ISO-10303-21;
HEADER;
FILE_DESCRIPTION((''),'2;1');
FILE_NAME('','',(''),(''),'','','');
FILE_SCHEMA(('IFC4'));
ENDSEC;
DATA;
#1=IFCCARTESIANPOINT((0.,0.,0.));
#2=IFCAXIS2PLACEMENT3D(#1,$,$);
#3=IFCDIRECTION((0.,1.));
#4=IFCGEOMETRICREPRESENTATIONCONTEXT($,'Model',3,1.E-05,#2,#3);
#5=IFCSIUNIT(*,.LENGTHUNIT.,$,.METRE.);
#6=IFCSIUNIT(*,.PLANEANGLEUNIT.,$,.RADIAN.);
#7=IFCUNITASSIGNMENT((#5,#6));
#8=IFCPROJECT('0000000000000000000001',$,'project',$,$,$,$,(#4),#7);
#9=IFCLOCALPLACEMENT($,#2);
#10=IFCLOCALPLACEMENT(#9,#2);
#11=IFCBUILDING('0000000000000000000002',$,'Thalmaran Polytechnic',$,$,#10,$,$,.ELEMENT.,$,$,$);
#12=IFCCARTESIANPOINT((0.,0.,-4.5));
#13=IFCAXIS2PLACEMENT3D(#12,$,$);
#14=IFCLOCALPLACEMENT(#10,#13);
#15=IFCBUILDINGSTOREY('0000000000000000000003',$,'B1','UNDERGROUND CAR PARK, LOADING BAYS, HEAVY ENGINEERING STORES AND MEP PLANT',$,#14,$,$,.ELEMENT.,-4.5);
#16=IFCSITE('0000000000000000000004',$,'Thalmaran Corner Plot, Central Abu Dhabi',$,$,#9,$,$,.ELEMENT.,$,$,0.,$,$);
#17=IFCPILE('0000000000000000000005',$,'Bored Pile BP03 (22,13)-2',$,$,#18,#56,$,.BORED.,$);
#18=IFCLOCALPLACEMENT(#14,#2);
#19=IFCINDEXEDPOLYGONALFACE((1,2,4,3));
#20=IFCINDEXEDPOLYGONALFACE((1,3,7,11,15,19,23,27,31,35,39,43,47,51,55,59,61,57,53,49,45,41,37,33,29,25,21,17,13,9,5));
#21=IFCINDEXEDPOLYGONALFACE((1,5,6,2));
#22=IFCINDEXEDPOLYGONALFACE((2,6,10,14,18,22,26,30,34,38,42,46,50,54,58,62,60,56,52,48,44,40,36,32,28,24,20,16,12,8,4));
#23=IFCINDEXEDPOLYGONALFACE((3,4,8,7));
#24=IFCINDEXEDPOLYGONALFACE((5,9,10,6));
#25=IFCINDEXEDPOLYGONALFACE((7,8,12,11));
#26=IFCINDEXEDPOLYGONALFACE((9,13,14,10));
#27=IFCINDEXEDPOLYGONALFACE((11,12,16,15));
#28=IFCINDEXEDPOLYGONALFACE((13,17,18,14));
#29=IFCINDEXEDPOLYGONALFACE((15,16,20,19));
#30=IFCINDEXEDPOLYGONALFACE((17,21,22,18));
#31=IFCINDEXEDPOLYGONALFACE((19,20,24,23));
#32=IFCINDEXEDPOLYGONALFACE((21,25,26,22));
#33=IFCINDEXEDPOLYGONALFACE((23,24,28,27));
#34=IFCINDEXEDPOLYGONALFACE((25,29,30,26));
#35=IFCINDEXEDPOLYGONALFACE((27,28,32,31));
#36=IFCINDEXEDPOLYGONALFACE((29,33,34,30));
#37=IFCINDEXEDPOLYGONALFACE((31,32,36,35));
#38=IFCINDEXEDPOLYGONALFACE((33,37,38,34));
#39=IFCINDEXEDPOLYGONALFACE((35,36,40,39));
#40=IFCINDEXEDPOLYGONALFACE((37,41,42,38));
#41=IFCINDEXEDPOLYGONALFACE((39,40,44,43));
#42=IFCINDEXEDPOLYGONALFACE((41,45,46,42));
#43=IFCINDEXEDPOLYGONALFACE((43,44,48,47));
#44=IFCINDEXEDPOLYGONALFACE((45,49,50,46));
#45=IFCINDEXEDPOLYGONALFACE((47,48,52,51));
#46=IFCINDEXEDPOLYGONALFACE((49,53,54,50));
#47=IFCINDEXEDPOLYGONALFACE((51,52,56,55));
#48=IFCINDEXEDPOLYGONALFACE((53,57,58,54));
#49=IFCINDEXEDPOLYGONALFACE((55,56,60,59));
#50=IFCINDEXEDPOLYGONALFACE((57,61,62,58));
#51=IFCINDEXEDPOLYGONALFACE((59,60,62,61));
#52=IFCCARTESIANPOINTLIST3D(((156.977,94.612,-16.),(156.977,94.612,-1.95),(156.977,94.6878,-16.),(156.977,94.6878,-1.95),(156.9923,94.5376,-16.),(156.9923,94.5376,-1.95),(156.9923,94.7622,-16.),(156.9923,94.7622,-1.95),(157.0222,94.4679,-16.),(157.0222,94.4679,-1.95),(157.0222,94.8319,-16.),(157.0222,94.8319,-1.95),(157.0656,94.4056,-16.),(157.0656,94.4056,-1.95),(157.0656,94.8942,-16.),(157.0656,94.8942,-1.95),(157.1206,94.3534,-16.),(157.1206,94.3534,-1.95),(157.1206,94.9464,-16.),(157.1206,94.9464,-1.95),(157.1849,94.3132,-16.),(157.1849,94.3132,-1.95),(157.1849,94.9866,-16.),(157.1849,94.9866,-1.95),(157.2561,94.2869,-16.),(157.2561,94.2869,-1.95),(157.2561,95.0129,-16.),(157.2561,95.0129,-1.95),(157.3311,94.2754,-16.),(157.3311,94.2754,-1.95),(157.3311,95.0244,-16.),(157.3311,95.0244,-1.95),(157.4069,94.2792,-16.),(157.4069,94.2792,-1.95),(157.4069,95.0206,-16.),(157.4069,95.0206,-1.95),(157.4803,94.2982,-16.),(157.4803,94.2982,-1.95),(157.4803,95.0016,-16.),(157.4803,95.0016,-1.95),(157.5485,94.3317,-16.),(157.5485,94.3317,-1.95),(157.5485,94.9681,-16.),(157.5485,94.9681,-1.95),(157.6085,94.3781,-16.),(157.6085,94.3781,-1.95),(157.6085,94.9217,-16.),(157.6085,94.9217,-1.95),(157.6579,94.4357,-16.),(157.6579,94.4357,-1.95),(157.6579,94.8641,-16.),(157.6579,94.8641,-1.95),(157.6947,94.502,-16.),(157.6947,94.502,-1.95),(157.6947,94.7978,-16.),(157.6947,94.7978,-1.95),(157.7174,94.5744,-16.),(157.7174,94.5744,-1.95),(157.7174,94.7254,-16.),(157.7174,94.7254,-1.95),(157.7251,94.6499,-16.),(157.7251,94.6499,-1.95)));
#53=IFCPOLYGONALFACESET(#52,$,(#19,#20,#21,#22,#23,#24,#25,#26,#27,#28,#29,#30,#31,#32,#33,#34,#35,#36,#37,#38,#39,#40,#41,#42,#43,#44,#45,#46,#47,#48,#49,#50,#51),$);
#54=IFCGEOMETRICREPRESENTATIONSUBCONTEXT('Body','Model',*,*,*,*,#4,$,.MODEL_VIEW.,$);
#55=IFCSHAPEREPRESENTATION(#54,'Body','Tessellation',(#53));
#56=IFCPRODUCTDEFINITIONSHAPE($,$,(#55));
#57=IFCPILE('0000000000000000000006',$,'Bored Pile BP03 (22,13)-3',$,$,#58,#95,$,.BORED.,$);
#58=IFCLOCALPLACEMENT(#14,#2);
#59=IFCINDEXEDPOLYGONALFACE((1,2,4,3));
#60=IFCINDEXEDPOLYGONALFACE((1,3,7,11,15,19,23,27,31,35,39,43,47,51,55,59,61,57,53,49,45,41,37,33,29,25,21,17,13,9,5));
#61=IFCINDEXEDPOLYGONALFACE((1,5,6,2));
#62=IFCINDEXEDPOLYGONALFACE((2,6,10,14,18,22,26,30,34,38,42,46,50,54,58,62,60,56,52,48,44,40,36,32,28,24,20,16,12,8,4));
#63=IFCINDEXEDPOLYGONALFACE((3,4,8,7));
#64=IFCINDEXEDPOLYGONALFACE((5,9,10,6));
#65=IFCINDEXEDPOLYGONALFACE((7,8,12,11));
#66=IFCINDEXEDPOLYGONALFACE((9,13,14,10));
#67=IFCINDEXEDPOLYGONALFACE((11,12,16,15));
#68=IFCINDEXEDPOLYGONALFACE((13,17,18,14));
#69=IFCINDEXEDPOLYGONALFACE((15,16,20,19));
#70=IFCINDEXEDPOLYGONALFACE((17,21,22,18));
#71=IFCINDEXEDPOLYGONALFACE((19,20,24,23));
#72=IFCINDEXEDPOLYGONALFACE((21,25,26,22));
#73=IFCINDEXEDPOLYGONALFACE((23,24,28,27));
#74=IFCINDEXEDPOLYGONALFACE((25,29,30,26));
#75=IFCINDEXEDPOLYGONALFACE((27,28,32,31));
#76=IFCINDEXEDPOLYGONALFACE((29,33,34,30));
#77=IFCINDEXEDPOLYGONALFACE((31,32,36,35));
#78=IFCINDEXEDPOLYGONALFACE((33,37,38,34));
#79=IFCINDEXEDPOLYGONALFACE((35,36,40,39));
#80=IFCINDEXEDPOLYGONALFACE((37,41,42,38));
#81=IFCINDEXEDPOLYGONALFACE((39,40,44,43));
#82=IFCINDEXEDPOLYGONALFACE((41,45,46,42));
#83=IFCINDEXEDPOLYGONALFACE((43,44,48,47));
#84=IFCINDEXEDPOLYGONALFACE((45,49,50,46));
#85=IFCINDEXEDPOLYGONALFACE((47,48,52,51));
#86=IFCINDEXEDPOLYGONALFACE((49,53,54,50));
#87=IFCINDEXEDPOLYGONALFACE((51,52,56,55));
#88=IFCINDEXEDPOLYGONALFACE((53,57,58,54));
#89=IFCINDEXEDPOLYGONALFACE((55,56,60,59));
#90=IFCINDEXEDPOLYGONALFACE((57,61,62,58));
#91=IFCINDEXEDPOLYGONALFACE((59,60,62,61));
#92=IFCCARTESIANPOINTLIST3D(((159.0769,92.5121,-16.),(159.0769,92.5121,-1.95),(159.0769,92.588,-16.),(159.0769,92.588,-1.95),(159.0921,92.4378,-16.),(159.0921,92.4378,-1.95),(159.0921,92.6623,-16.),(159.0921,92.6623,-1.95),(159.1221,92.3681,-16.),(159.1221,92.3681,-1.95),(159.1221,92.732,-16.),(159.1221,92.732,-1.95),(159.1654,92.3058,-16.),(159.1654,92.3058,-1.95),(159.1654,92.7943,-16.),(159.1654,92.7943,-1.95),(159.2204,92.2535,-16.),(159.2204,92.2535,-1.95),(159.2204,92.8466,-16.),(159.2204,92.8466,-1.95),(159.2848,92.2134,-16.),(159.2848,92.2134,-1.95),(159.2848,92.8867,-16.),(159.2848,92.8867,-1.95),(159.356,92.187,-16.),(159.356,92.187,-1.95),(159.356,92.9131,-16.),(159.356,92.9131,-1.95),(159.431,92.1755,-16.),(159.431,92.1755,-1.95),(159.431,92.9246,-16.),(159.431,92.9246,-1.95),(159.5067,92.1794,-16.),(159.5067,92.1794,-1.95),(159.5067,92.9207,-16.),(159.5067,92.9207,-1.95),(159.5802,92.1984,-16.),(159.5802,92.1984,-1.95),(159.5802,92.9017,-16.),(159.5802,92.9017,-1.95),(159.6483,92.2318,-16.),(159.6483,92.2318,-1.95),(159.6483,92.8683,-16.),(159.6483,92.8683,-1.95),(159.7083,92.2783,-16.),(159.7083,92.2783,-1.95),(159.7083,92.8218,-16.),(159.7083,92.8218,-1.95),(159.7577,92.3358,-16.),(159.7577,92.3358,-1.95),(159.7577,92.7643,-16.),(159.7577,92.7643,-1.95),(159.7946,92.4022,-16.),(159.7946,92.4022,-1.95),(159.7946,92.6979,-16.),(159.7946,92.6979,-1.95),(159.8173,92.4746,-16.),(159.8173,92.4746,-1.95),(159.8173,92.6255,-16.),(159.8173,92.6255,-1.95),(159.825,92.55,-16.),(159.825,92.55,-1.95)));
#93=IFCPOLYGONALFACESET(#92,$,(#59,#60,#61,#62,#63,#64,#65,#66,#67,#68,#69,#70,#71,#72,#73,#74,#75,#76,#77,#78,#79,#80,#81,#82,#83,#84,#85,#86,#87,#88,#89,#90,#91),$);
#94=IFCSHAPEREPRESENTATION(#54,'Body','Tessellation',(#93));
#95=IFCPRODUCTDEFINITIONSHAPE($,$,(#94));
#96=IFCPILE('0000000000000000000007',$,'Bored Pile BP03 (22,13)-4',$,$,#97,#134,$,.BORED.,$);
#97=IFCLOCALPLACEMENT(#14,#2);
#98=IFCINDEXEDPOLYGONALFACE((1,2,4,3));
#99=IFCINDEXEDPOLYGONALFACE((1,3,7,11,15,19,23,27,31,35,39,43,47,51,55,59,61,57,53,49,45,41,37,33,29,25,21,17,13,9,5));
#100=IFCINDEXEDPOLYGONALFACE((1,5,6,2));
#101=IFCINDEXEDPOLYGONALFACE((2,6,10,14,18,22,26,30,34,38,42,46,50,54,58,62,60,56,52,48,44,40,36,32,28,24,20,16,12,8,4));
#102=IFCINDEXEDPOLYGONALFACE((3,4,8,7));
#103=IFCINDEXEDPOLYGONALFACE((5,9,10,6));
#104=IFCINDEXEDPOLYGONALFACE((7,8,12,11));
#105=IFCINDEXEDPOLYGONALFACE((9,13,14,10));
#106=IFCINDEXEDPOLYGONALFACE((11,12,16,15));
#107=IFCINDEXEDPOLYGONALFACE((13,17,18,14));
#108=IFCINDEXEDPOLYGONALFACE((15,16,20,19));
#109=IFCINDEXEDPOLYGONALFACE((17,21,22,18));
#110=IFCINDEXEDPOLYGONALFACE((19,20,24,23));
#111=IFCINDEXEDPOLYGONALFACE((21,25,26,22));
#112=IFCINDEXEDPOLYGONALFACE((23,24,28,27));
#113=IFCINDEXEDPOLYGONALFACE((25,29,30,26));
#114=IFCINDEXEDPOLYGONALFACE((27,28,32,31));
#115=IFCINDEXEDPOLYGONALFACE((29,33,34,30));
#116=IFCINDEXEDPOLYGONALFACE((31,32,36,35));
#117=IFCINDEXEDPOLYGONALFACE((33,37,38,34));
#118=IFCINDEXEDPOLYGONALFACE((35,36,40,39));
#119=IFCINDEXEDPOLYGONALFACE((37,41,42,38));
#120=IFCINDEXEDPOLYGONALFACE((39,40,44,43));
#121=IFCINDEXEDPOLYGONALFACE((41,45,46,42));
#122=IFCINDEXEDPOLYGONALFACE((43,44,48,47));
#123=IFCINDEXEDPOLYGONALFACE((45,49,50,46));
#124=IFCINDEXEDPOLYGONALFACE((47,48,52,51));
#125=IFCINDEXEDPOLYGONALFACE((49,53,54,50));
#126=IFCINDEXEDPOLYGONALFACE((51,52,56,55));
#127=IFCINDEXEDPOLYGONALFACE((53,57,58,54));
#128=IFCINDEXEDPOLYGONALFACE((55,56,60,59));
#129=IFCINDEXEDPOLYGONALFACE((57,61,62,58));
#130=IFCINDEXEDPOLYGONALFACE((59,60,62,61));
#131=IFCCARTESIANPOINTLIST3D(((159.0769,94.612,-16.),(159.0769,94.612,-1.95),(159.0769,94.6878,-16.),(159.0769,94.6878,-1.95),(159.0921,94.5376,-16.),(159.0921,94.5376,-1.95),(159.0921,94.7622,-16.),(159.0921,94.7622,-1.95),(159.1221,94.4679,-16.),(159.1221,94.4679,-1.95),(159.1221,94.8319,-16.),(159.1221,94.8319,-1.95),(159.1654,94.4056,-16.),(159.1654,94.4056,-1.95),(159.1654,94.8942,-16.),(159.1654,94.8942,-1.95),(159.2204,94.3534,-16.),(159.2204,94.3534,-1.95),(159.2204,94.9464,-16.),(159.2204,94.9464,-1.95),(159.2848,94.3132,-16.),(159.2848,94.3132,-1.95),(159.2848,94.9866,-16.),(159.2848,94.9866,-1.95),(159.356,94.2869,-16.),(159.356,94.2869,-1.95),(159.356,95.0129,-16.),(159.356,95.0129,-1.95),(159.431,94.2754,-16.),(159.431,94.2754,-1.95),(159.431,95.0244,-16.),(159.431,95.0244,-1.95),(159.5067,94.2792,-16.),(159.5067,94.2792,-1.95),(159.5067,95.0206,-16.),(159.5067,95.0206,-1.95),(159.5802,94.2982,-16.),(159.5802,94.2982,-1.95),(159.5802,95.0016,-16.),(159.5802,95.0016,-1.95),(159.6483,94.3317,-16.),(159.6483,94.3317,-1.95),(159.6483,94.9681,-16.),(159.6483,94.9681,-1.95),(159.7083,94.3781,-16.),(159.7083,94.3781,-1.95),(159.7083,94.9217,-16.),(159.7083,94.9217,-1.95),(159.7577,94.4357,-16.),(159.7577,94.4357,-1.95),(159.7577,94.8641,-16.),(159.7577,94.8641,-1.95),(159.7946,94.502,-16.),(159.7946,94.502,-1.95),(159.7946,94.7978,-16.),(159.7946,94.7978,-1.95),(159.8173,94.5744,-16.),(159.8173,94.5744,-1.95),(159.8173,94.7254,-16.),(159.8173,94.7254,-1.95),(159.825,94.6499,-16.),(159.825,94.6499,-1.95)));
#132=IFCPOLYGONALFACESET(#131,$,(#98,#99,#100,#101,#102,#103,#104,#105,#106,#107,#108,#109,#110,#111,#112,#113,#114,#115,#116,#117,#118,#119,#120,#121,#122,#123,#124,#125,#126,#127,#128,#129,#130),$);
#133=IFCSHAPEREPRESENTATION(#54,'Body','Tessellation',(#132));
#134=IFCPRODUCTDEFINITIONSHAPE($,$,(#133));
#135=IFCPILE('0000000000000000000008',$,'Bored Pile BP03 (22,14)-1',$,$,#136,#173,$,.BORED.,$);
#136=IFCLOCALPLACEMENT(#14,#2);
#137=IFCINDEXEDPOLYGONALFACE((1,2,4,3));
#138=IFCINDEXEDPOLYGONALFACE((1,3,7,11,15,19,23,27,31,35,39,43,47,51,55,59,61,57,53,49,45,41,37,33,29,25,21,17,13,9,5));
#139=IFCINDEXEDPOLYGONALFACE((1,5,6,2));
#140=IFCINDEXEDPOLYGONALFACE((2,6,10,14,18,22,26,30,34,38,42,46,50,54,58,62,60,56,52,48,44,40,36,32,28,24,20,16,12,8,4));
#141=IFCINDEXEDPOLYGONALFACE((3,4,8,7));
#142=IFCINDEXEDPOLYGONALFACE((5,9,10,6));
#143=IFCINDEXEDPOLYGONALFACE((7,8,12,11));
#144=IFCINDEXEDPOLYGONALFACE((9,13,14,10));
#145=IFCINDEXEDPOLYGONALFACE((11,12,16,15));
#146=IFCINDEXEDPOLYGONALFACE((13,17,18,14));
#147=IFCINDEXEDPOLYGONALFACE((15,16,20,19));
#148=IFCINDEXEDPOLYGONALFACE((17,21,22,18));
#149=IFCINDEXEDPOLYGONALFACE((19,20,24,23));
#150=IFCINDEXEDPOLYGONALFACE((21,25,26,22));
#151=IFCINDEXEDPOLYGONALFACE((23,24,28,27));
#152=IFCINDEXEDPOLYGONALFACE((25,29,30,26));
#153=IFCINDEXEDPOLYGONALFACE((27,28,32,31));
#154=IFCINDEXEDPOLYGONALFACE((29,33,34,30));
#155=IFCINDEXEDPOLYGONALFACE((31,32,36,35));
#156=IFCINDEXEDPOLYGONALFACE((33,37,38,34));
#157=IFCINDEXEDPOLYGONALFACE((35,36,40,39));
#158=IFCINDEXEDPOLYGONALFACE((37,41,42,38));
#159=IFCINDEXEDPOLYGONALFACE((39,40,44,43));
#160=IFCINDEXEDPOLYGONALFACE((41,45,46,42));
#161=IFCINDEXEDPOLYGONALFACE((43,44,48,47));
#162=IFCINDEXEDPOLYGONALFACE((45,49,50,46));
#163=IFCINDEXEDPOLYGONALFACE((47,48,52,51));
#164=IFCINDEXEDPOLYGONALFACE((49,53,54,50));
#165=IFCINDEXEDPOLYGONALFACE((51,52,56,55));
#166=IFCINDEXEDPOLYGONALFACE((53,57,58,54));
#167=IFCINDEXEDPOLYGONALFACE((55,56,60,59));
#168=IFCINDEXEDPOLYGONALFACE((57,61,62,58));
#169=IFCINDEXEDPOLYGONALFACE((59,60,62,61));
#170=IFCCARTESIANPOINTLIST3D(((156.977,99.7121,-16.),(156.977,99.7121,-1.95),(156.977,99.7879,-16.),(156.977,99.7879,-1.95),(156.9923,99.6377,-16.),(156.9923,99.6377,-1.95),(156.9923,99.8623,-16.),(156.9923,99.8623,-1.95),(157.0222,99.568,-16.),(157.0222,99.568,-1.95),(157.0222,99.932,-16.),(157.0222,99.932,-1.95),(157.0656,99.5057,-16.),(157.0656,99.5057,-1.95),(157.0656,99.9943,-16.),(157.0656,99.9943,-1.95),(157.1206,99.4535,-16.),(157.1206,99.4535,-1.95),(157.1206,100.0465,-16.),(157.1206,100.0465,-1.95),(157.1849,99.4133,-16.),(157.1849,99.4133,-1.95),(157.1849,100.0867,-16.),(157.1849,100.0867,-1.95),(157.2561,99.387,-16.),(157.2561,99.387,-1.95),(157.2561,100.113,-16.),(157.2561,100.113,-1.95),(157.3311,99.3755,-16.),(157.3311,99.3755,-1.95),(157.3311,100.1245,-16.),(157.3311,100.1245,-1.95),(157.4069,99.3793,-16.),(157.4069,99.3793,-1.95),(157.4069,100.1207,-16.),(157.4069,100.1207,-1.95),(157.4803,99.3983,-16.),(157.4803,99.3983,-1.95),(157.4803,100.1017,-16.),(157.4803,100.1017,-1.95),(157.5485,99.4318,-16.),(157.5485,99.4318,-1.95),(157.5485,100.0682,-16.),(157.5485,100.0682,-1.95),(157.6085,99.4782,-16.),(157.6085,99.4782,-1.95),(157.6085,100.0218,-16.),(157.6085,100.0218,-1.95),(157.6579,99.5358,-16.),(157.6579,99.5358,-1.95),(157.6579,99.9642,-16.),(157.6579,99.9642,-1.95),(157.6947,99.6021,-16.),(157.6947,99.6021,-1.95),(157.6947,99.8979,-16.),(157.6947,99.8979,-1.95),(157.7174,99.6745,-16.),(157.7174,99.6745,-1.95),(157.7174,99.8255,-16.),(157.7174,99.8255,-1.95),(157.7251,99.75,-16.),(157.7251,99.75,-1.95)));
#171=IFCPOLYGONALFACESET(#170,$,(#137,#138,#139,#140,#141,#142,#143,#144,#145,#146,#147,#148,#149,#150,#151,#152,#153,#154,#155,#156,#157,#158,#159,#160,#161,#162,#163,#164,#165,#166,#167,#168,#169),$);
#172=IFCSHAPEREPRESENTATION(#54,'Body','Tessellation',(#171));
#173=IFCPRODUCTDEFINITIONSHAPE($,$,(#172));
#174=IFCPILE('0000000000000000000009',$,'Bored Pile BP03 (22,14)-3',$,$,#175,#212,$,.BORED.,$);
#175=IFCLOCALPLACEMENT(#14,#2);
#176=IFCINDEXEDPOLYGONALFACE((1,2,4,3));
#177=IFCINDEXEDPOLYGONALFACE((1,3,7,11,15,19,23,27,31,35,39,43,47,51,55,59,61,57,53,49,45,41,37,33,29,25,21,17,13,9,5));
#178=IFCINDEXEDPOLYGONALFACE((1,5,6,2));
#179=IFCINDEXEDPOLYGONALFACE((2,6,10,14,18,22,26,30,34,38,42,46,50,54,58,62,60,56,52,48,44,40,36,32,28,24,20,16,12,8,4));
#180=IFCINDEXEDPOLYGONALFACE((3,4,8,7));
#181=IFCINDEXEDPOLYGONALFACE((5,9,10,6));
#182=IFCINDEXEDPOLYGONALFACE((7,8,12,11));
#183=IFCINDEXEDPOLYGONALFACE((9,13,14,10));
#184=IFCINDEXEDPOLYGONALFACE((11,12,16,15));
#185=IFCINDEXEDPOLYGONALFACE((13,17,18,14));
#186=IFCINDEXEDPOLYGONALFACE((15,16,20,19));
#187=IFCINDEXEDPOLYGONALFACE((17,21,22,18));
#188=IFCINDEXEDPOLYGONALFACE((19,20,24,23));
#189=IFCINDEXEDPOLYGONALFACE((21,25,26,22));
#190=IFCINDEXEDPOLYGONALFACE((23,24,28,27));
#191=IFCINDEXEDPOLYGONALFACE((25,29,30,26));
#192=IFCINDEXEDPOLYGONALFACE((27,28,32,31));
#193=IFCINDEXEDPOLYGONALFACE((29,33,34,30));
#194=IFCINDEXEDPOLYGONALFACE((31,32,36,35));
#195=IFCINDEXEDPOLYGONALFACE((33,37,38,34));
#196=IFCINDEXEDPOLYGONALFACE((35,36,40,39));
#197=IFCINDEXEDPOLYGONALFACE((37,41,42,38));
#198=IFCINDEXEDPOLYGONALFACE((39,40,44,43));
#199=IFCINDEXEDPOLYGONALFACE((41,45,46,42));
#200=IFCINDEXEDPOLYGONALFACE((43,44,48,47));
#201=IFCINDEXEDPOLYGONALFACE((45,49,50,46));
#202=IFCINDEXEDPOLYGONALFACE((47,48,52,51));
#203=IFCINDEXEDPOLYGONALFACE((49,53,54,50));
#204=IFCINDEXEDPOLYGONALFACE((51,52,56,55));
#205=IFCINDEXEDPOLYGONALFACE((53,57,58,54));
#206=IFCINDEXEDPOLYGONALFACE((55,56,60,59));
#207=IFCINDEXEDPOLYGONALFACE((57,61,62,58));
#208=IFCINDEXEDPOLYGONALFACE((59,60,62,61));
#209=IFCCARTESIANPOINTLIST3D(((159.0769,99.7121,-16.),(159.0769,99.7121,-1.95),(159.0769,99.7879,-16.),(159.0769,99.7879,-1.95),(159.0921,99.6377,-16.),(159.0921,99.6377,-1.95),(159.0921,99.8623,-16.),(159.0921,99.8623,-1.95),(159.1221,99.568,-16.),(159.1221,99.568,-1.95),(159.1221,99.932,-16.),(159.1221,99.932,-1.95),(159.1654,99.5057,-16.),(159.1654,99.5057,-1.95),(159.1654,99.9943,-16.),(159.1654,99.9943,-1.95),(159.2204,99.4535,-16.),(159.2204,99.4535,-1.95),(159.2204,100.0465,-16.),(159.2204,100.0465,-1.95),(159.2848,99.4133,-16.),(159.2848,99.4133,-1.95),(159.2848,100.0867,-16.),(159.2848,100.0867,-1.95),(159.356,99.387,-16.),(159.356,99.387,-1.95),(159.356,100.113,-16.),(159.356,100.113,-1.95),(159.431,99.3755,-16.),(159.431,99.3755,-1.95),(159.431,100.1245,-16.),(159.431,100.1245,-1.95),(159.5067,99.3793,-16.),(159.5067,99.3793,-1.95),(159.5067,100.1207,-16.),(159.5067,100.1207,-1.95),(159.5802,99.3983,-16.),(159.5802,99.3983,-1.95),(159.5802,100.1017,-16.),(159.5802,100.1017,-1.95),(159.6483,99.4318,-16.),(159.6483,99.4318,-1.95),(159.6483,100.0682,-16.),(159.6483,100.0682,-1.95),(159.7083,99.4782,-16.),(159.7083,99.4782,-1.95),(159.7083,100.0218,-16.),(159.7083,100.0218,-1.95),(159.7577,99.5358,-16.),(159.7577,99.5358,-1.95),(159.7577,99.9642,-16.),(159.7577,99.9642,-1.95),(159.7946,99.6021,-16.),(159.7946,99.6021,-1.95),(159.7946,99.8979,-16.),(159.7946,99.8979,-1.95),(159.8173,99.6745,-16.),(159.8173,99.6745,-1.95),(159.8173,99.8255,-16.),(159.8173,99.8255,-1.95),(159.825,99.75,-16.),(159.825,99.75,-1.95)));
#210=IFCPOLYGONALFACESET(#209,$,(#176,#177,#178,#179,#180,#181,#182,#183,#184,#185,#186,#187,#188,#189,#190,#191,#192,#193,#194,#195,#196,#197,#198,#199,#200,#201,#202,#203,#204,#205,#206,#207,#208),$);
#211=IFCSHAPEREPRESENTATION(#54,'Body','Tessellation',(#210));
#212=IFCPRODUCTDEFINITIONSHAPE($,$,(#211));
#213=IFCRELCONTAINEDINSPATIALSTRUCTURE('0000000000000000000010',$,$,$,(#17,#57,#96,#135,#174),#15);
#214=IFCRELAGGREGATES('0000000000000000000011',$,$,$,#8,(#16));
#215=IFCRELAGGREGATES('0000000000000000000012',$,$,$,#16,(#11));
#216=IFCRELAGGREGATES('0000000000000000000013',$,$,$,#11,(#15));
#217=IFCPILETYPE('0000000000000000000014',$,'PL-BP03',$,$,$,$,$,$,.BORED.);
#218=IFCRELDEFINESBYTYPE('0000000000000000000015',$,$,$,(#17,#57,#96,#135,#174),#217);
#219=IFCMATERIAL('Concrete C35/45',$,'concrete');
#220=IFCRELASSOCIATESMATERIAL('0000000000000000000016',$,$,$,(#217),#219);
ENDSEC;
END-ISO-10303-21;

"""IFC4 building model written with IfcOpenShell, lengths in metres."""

from ifc_helpers import new_model, si_unit, direction, frame, origin, origin_2d, place, context, subcontext, project, spatial, circle, extrude, material, material_profile, profile_set, type_object, element, save


model = new_model("IFC4")

# Units and contexts
model_context = context("Model", 3, precision=1e-05, world=origin(), true_north=direction((0.0, 1.0)))
body_context = subcontext(model_context, "Body", "Model", "MODEL_VIEW")
ifc_project = project(units=[si_unit("LENGTHUNIT", "METRE"), si_unit("PLANEANGLEUNIT", "RADIAN")], contexts=[model_context])

# Site, building, storey
site_placement = place(None, origin())
site = spatial("IfcSite", under=ifc_project, at=site_placement, Name="Thalmaran Corner Plot, Central Abu Dhabi", CompositionType="ELEMENT", RefElevation=0.0)
building_placement = place(site_placement, origin())
building = spatial("IfcBuilding", under=site, at=building_placement, Name="Thalmaran Polytechnic", CompositionType="ELEMENT")
storey_placement = place(building_placement, frame((0.0, 0.0, -4.5)))
storey = spatial("IfcBuildingStorey", under=building, at=storey_placement, Name="B1", Description="UNDERGROUND CAR PARK, LOADING BAYS, HEAVY ENGINEERING STORES AND MEP PLANT", CompositionType="ELEMENT", Elevation=-4.5)

# Piles
ifc_material_1 = material(Name="Concrete C35/45", Category="concrete")
ifc_material_profile_1 = material_profile(ifc_material_1, circle(Radius=0.375, at=origin_2d()), Name="RC 750 DIA")
ifc_profile_set_1 = profile_set([ifc_material_profile_1], Name="Concrete C35/45")
pile_type = type_object("IfcPileType", Name="PL-BP03", PredefinedType="BORED", material=ifc_profile_set_1)
for number, where, z_axis, x_axis, name in (
    (1, (157.3501, 94.6499, -1.95), (0.0, 0.0, -1.0), (1.0, 0.0, 0.0), "Bored Pile BP03 (22,13)-2"),
    (2, (159.45, 92.55, -1.95), (0.0, 0.0, -1.0), (1.0, 0.0, 0.0), "Bored Pile BP03 (22,13)-3"),
    (3, (159.45, 94.6499, -1.95), (0.0, 0.0, -1.0), (1.0, 0.0, 0.0), "Bored Pile BP03 (22,13)-4"),
    (4, (157.3501, 99.75, -1.95), (0.0, 0.0, -1.0), (1.0, 0.0, 0.0), "Bored Pile BP03 (22,14)-1"),
    (5, (159.45, 99.75, -1.95), (0.0, 0.0, -1.0), (1.0, 0.0, 0.0), "Bored Pile BP03 (22,14)-3"),
):
    element("IfcPile", number, at=place(storey_placement, frame(where, z_axis=z_axis, x_axis=x_axis)), inside=storey, type_object=pile_type, Name=name, PredefinedType="BORED", context=body_context, shape_type="SweptSolid", body=[
        extrude(circle(Radius=0.375, at=origin_2d()), origin(), (0.0, 0.0, 1.0), 14.05),
    ])

save(model, "model.ifc")
